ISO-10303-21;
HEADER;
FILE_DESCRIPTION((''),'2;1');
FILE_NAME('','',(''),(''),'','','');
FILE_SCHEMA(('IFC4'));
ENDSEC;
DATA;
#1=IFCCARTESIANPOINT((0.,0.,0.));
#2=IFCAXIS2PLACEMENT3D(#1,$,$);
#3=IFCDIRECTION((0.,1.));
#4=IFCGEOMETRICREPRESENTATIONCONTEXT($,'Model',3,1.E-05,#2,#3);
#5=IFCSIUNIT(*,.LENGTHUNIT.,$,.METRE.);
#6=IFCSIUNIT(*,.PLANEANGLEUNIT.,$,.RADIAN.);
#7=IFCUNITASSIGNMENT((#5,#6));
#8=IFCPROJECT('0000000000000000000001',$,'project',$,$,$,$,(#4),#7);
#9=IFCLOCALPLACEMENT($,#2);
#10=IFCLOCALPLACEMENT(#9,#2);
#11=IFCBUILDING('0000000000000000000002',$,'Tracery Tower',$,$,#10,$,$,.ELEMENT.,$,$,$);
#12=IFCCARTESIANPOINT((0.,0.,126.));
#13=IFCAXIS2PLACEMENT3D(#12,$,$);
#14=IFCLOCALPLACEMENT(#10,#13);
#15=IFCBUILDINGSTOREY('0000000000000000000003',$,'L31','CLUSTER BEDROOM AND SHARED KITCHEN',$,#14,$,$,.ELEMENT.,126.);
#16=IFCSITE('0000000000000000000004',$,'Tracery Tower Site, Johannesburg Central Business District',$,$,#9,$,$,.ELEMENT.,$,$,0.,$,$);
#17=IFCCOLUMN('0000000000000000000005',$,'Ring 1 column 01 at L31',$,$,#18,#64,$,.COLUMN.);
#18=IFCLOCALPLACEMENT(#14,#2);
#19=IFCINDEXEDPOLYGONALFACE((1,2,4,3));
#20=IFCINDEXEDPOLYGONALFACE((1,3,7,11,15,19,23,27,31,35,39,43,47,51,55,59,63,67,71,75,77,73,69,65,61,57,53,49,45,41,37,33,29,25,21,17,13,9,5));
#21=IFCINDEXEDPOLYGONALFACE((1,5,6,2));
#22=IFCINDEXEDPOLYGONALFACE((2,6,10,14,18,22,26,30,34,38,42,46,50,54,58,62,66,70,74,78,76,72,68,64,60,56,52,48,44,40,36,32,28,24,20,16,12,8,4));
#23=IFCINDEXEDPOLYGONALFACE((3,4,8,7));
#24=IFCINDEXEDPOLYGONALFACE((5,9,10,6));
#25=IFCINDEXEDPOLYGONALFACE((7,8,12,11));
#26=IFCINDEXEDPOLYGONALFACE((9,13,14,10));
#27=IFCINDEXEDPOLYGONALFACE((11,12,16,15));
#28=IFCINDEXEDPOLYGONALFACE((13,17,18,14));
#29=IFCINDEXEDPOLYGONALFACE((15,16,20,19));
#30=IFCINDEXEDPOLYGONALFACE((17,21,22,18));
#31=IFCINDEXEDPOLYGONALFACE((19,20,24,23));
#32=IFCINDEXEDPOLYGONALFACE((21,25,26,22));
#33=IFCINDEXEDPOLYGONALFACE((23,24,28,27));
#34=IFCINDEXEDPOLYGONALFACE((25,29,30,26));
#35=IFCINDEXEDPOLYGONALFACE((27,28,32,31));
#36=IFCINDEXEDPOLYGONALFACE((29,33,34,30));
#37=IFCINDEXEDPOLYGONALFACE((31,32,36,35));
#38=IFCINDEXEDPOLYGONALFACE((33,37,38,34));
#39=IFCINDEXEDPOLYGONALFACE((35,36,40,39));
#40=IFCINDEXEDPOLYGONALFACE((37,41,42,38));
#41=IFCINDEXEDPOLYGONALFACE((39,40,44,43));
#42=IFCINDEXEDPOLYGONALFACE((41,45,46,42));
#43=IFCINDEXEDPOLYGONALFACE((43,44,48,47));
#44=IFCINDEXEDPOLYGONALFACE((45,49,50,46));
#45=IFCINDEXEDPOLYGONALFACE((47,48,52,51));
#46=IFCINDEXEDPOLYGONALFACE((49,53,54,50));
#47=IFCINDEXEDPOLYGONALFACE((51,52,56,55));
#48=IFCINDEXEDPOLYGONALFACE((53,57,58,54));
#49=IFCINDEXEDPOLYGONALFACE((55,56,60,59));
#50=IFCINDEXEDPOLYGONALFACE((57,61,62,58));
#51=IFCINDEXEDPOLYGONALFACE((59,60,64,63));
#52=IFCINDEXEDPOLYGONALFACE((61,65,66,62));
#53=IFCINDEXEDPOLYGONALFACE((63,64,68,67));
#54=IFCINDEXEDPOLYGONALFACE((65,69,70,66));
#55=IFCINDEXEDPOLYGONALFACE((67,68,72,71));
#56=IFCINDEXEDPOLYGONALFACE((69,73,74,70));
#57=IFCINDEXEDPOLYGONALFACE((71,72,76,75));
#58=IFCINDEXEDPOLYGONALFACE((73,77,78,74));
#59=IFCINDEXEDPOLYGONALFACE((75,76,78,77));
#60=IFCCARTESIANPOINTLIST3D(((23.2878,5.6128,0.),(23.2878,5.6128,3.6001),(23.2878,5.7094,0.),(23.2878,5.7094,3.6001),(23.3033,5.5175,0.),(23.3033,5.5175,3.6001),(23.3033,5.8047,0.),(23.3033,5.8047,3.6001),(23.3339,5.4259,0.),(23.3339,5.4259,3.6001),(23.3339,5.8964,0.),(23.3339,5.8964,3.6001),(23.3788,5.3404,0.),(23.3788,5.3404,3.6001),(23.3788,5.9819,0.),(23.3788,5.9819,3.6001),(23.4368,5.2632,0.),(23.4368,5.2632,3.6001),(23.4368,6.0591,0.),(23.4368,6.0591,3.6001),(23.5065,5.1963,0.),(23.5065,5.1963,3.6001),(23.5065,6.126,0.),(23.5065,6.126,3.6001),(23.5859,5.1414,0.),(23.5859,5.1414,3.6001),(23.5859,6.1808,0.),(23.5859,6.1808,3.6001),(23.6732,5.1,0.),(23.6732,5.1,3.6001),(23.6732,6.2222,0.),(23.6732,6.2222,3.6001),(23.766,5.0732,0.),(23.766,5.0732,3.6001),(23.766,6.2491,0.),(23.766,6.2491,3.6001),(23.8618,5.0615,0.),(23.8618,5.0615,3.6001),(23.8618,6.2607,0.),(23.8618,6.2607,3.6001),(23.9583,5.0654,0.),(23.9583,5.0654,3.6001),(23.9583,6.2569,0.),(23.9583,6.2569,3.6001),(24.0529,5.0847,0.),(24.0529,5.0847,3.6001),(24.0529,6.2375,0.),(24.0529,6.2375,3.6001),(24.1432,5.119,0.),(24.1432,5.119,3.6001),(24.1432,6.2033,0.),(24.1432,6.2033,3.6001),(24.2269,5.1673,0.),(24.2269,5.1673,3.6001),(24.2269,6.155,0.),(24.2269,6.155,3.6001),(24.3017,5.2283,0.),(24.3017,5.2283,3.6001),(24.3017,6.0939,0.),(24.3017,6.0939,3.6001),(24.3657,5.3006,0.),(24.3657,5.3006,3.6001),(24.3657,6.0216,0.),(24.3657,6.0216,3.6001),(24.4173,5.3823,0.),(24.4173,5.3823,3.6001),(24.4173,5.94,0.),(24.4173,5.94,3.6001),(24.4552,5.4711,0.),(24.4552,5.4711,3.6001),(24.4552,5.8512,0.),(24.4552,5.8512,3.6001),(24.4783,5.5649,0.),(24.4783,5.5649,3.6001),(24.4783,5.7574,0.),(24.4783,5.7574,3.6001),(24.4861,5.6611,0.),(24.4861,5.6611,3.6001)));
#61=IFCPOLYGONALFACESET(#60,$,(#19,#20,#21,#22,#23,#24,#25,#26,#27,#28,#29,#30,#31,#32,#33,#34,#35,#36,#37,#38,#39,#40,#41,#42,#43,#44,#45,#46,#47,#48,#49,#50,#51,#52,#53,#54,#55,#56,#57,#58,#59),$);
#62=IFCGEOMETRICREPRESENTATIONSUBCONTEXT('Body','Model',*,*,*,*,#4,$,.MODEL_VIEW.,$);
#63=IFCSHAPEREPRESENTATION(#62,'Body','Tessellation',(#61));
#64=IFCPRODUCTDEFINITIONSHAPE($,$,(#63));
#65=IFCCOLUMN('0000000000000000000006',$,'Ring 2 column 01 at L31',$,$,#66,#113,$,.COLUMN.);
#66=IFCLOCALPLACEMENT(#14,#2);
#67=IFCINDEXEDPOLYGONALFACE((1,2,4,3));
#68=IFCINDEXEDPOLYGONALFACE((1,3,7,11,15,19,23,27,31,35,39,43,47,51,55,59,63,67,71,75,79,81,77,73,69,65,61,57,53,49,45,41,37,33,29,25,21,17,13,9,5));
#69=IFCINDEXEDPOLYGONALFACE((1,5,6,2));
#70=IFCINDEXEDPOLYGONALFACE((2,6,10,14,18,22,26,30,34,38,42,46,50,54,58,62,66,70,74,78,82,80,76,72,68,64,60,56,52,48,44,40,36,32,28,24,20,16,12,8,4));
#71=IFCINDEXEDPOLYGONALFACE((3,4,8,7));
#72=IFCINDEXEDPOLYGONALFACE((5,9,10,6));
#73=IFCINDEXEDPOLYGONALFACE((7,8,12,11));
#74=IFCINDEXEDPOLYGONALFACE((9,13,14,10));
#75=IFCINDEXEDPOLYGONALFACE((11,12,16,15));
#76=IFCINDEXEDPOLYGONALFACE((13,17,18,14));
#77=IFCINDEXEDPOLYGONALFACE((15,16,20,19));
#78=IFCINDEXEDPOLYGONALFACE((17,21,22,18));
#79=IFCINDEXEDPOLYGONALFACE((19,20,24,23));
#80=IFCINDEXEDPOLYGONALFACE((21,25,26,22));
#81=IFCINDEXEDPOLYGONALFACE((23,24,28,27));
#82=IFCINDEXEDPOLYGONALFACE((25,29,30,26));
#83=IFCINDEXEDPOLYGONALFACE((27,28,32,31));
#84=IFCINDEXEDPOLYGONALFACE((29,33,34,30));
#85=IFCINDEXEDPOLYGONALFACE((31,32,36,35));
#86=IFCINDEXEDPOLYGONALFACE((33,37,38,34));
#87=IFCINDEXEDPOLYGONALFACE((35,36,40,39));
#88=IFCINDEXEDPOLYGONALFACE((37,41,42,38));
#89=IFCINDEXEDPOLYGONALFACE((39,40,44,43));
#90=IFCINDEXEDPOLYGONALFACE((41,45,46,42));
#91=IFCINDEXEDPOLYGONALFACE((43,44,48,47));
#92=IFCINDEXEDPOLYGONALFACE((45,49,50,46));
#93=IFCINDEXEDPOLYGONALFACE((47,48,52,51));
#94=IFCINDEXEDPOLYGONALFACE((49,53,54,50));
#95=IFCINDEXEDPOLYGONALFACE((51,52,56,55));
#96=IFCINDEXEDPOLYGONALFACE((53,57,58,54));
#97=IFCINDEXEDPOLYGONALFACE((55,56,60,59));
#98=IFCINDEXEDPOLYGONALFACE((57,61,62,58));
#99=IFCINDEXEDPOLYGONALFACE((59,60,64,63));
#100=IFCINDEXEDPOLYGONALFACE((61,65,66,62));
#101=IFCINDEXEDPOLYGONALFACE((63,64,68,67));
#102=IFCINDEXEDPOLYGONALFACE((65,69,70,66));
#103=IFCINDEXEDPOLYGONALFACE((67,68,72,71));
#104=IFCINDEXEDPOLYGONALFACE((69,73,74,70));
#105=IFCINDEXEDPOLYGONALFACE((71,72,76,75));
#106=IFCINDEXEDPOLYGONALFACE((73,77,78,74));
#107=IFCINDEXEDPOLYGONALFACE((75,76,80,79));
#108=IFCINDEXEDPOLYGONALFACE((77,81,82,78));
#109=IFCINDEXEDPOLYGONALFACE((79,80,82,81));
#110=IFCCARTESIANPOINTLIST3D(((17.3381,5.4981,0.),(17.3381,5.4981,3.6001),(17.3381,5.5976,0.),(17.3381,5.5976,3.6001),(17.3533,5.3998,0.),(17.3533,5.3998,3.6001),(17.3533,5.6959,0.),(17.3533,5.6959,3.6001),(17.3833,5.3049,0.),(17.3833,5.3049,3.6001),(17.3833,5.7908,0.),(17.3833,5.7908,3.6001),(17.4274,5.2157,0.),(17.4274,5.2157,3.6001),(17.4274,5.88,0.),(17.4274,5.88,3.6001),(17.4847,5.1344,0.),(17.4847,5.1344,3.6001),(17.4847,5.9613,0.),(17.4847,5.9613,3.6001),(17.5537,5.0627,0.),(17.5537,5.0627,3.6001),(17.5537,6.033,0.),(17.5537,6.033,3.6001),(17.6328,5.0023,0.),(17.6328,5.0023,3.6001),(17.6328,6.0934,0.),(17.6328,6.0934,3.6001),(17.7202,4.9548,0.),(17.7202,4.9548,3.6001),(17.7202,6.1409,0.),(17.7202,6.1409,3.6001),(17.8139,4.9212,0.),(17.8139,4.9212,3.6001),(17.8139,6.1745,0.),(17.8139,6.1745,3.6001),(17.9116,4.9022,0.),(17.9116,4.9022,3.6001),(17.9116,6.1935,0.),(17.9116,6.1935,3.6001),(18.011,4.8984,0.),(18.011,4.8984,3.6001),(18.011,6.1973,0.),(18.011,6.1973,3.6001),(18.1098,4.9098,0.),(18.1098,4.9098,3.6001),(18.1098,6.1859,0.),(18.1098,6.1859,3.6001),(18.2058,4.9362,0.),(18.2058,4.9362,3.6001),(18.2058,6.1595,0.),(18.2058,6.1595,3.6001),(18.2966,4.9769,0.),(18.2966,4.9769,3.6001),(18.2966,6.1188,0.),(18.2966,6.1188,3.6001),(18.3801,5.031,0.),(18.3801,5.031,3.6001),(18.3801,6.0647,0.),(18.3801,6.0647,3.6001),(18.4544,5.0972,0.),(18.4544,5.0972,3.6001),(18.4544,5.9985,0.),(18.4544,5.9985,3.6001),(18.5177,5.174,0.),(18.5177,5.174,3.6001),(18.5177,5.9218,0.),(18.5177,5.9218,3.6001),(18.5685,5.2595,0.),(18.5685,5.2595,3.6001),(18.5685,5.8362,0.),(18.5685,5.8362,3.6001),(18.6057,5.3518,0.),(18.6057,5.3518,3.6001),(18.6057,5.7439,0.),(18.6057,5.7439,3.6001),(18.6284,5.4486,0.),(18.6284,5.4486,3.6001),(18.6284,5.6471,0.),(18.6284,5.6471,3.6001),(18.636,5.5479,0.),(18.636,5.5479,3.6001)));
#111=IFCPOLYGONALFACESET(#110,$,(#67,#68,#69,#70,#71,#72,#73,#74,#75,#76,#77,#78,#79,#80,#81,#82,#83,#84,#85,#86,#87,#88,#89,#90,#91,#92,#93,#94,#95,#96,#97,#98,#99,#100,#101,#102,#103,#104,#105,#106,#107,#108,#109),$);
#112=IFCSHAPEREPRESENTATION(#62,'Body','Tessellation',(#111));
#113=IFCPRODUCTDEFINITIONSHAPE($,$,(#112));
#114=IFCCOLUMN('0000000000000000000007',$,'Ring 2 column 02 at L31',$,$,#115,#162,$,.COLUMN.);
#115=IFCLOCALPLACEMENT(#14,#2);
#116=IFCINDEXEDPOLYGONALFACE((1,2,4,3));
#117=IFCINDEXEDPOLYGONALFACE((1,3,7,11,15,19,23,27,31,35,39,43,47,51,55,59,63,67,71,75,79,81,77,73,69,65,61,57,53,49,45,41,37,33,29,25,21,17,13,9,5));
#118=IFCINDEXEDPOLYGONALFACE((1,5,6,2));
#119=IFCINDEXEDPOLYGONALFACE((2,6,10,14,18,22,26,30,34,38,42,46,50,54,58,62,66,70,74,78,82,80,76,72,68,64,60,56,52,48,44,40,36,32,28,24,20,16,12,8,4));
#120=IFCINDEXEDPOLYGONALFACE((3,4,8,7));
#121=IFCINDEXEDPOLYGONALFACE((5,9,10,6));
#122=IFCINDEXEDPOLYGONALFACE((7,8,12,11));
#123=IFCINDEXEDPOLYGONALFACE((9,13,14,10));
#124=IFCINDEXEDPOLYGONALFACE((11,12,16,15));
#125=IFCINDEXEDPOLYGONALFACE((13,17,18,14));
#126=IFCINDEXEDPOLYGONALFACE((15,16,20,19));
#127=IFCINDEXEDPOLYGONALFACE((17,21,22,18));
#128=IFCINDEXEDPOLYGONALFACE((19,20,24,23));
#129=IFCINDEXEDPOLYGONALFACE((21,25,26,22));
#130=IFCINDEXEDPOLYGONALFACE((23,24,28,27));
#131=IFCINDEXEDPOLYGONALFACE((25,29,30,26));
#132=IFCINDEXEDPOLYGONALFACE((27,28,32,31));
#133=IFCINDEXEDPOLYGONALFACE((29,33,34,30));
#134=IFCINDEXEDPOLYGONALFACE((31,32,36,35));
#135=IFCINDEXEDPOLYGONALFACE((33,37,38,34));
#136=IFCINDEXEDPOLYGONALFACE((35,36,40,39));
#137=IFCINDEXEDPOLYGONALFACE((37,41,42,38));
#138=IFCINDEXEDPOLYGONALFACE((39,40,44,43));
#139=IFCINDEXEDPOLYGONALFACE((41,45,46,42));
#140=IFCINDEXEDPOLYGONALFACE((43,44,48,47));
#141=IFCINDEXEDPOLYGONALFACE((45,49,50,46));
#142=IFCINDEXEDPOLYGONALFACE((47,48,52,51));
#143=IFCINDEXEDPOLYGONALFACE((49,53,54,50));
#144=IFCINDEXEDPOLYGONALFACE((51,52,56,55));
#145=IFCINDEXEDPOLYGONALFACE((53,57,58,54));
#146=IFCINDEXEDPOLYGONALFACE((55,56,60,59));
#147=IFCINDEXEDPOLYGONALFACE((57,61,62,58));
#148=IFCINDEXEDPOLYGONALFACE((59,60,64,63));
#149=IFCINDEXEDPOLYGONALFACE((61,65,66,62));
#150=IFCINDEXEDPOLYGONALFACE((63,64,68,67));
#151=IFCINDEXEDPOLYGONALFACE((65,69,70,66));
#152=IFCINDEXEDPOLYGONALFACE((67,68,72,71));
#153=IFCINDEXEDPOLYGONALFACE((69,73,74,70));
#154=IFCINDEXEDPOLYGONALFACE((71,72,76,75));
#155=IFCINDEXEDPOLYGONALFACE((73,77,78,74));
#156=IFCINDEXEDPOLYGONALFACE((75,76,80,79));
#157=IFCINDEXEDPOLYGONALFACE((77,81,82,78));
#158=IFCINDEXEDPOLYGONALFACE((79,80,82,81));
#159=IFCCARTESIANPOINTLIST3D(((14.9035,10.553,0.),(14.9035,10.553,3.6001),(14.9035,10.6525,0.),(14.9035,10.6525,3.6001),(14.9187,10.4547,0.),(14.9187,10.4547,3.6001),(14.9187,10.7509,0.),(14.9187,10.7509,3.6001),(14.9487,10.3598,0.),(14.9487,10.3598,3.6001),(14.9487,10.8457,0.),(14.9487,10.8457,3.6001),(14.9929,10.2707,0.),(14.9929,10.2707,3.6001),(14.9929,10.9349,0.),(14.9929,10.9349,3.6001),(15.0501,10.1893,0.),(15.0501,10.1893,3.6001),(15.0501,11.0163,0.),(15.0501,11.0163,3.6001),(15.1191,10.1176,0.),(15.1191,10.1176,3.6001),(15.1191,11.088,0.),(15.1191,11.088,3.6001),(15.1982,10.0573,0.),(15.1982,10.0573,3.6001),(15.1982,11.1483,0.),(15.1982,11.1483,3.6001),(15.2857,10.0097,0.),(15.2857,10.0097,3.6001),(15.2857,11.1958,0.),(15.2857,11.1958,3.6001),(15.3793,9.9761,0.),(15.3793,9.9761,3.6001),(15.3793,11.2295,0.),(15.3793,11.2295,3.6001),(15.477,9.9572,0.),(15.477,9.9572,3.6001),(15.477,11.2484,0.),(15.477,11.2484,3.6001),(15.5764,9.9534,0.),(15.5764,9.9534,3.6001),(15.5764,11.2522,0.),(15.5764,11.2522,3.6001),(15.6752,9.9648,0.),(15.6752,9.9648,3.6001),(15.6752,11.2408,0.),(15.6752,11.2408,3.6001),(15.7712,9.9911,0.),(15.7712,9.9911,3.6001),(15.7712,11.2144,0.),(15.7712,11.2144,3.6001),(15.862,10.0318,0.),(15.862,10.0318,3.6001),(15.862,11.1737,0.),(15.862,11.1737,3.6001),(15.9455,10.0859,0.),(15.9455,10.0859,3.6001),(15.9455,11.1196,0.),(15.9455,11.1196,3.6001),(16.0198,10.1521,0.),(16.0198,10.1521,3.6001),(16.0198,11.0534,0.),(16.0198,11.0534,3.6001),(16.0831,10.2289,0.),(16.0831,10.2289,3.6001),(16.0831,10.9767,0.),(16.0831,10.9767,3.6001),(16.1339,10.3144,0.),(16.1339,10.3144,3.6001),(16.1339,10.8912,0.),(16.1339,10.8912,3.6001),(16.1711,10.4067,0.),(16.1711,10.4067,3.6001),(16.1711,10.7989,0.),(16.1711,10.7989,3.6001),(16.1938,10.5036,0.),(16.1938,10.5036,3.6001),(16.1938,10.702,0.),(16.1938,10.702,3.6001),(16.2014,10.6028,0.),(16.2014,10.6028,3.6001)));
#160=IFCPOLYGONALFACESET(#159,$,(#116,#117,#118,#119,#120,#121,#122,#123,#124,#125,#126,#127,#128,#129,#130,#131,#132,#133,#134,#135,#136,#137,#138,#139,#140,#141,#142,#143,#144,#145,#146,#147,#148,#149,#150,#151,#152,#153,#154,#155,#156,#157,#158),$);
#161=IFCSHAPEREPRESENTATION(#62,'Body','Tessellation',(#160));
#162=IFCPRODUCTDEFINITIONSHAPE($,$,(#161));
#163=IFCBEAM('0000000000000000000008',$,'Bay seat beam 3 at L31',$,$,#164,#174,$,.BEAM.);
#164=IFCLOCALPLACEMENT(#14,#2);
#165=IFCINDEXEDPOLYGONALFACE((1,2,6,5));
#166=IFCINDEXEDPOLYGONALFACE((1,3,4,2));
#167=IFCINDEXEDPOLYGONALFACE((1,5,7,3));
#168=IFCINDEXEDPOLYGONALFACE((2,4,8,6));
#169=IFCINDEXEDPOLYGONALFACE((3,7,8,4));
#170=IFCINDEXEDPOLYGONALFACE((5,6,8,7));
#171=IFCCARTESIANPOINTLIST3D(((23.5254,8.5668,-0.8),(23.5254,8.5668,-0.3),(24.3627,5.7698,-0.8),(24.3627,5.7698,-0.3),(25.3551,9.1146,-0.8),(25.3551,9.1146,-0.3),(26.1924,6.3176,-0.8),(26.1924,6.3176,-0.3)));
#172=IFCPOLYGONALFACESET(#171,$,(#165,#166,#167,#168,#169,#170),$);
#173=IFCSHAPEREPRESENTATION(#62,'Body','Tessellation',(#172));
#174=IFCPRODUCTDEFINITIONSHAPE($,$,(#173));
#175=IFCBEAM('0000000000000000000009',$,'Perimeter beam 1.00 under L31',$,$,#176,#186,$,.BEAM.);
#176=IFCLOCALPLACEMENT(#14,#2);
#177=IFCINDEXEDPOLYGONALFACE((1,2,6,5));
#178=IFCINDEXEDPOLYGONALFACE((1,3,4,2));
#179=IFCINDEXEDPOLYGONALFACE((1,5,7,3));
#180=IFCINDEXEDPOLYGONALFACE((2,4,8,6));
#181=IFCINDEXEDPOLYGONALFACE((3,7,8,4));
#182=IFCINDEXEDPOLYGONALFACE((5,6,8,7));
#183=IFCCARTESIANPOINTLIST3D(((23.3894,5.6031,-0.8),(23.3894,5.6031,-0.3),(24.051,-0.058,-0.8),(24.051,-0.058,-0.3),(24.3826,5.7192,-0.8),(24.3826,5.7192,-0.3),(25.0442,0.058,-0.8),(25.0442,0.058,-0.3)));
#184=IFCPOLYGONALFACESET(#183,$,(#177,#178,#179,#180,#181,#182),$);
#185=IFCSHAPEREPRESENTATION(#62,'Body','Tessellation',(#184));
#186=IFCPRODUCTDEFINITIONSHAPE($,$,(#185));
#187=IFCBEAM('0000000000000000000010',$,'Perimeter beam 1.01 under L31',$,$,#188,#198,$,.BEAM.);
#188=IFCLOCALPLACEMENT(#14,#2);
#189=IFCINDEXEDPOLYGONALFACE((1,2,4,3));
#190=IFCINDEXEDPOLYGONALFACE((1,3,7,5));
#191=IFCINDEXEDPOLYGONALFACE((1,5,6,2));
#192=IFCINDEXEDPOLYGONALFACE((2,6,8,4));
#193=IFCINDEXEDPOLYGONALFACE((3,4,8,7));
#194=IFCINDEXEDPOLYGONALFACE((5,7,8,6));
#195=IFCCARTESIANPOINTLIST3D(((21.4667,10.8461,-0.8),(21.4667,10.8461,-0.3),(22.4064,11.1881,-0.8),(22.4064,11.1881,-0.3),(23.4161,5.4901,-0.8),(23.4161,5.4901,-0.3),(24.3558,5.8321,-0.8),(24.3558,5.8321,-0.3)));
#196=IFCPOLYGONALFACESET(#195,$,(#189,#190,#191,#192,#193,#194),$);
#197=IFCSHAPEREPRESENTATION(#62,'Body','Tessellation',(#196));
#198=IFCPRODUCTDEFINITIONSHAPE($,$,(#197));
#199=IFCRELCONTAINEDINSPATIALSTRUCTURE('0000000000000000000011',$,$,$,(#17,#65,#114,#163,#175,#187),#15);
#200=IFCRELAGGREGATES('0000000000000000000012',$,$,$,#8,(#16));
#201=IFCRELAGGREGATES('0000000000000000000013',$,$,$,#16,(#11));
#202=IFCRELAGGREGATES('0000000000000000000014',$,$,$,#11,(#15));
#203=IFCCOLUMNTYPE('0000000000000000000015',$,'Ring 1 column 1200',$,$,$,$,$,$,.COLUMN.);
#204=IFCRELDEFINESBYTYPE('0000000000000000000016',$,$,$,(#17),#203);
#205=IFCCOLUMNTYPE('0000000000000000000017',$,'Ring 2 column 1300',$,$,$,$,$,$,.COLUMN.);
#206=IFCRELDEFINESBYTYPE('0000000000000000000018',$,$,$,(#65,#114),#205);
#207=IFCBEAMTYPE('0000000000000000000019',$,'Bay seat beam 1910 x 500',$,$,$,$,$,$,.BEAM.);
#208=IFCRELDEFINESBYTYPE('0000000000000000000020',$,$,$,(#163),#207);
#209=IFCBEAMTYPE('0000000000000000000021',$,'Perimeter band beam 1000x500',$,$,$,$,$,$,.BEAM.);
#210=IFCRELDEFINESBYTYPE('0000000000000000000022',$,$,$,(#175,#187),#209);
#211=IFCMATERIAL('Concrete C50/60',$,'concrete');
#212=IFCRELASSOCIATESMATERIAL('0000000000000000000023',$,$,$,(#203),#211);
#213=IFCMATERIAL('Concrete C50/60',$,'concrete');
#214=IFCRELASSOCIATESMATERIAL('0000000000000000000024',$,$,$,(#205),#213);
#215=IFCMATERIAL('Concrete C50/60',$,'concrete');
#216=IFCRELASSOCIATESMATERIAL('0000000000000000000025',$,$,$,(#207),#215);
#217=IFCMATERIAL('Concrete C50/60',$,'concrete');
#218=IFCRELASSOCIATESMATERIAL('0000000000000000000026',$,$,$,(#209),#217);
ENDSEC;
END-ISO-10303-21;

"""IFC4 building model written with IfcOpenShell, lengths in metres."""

from ifc_helpers import new_model, si_unit, direction, frame, origin, origin_2d, place, context, subcontext, project, spatial, rectangle, circle, extrude, material, material_profile, profile_set, type_object, element, save


model = new_model("IFC4")

# Units and contexts
model_context = context("Model", 3, precision=1e-05, world=origin(), true_north=direction((0.0, 1.0)))
body_context = subcontext(model_context, "Body", "Model", "MODEL_VIEW")
ifc_project = project(units=[si_unit("LENGTHUNIT", "METRE"), si_unit("PLANEANGLEUNIT", "RADIAN")], contexts=[model_context])

# Site, building, storey
site_placement = place(None, origin())
site = spatial("IfcSite", under=ifc_project, at=site_placement, Name="Tracery Tower Site, Johannesburg Central Business District", CompositionType="ELEMENT", RefElevation=0.0)
building_placement = place(site_placement, origin())
building = spatial("IfcBuilding", under=site, at=building_placement, Name="Tracery Tower", CompositionType="ELEMENT")
storey_placement = place(building_placement, frame((0.0, 0.0, 126.0)))
storey = spatial("IfcBuildingStorey", under=building, at=storey_placement, Name="L31", Description="CLUSTER BEDROOM AND SHARED KITCHEN", CompositionType="ELEMENT", Elevation=126.0)

# Columns
ifc_material_1 = material(Name="Concrete C50/60", Category="concrete")
ifc_material_profile_1 = material_profile(ifc_material_1, circle(Radius=0.6001, at=origin_2d()), Name="RC D1200")
ifc_profile_set_1 = profile_set([ifc_material_profile_1], Name="Concrete C50/60")
column_type_1 = type_object("IfcColumnType", Name="Ring 1 column 1200", PredefinedType="COLUMN", material=ifc_profile_set_1)
column_placement = place(storey_placement, frame((23.886, 5.6611, 0.0), z_axis=(0.0, 0.0, 1.0), x_axis=(1.0, 0.0, 0.0)))
element("IfcColumn", 1, at=column_placement, inside=storey, type_object=column_type_1, Name="Ring 1 column 01 at L31", PredefinedType="COLUMN", context=body_context, shape_type="SweptSolid", body=[
    extrude(circle(Radius=0.6001, at=origin_2d()), origin(), (0.0, 0.0, 1.0), 3.6001),
])
ifc_material_2 = material(Name="Concrete C50/60", Category="concrete")
ifc_material_profile_2 = material_profile(ifc_material_2, circle(Radius=0.6499, at=origin_2d()), Name="RC D1300")
ifc_profile_set_2 = profile_set([ifc_material_profile_2], Name="Concrete C50/60")
column_type_2 = type_object("IfcColumnType", Name="Ring 2 column 1300", PredefinedType="COLUMN", material=ifc_profile_set_2)
for number, where, z_axis, x_axis, name in (
    (2, (17.9861, 5.5479, 0.0), (0.0, 0.0, 1.0), (1.0, 0.0, 0.0), "Ring 2 column 01 at L31"),
    (3, (15.5515, 10.6028, 0.0), (0.0, 0.0, 1.0), (1.0, 0.0, 0.0), "Ring 2 column 02 at L31"),
):
    element("IfcColumn", number, at=place(storey_placement, frame(where, z_axis=z_axis, x_axis=x_axis)), inside=storey, type_object=column_type_2, Name=name, PredefinedType="COLUMN", context=body_context, shape_type="SweptSolid", body=[
        extrude(circle(Radius=0.6499, at=origin_2d()), origin(), (0.0, 0.0, 1.0), 3.6001),
    ])

# Beams
ifc_material_3 = material(Name="Concrete C50/60", Category="concrete")
ifc_material_profile_3 = material_profile(ifc_material_3, rectangle(XDim=1.9099, YDim=0.5, at=origin_2d()), Name="RC 1910x500")
ifc_profile_set_3 = profile_set([ifc_material_profile_3], Name="Concrete C50/60")
beam_type_1 = type_object("IfcBeamType", Name="Bay seat beam 1910 x 500", PredefinedType="BEAM", material=ifc_profile_set_3)
beam_placement = place(storey_placement, frame((25.2776, 6.0437, -0.55), z_axis=(-0.286803, 0.95799, 0.0), x_axis=(-0.95799, -0.286803, 0.0)))
element("IfcBeam", 4, at=beam_placement, inside=storey, type_object=beam_type_1, Name="Bay seat beam 3 at L31", PredefinedType="BEAM", context=body_context, shape_type="SweptSolid", body=[
    extrude(rectangle(XDim=1.9099, YDim=0.5, at=origin_2d()), origin(), (0.0, 0.0, 1.0), 2.9197),
])
ifc_material_4 = material(Name="Concrete C50/60", Category="concrete")
ifc_material_profile_4 = material_profile(ifc_material_4, rectangle(XDim=1.0, YDim=0.5, at=origin_2d()), Name="RC 1000x500")
ifc_profile_set_4 = profile_set([ifc_material_profile_4], Name="Concrete C50/60")
beam_type_2 = type_object("IfcBeamType", Name="Perimeter band beam 1000x500", PredefinedType="BEAM", material=ifc_profile_set_4)
for number, where, z_axis, x_axis, name in (
    (5, (24.5476, 0.0, -0.55), (-0.116081, 0.99324, 0.0), (-0.99324, -0.116081, 0.0), "Perimeter beam 1.00 under L31"),
    (6, (23.886, 5.6611, -0.55), (-0.342029, 0.93969, 0.0), (-0.93969, -0.342029, 0.0), "Perimeter beam 1.01 under L31"),
):
    element("IfcBeam", number, at=place(storey_placement, frame(where, z_axis=z_axis, x_axis=x_axis)), inside=storey, type_object=beam_type_2, Name=name, PredefinedType="BEAM", context=body_context, shape_type="SweptSolid", body=[
        extrude(rectangle(XDim=1.0, YDim=0.5, at=origin_2d()), origin(), (0.0, 0.0, 1.0), 5.6997),
    ])

save(model, "model.ifc")
